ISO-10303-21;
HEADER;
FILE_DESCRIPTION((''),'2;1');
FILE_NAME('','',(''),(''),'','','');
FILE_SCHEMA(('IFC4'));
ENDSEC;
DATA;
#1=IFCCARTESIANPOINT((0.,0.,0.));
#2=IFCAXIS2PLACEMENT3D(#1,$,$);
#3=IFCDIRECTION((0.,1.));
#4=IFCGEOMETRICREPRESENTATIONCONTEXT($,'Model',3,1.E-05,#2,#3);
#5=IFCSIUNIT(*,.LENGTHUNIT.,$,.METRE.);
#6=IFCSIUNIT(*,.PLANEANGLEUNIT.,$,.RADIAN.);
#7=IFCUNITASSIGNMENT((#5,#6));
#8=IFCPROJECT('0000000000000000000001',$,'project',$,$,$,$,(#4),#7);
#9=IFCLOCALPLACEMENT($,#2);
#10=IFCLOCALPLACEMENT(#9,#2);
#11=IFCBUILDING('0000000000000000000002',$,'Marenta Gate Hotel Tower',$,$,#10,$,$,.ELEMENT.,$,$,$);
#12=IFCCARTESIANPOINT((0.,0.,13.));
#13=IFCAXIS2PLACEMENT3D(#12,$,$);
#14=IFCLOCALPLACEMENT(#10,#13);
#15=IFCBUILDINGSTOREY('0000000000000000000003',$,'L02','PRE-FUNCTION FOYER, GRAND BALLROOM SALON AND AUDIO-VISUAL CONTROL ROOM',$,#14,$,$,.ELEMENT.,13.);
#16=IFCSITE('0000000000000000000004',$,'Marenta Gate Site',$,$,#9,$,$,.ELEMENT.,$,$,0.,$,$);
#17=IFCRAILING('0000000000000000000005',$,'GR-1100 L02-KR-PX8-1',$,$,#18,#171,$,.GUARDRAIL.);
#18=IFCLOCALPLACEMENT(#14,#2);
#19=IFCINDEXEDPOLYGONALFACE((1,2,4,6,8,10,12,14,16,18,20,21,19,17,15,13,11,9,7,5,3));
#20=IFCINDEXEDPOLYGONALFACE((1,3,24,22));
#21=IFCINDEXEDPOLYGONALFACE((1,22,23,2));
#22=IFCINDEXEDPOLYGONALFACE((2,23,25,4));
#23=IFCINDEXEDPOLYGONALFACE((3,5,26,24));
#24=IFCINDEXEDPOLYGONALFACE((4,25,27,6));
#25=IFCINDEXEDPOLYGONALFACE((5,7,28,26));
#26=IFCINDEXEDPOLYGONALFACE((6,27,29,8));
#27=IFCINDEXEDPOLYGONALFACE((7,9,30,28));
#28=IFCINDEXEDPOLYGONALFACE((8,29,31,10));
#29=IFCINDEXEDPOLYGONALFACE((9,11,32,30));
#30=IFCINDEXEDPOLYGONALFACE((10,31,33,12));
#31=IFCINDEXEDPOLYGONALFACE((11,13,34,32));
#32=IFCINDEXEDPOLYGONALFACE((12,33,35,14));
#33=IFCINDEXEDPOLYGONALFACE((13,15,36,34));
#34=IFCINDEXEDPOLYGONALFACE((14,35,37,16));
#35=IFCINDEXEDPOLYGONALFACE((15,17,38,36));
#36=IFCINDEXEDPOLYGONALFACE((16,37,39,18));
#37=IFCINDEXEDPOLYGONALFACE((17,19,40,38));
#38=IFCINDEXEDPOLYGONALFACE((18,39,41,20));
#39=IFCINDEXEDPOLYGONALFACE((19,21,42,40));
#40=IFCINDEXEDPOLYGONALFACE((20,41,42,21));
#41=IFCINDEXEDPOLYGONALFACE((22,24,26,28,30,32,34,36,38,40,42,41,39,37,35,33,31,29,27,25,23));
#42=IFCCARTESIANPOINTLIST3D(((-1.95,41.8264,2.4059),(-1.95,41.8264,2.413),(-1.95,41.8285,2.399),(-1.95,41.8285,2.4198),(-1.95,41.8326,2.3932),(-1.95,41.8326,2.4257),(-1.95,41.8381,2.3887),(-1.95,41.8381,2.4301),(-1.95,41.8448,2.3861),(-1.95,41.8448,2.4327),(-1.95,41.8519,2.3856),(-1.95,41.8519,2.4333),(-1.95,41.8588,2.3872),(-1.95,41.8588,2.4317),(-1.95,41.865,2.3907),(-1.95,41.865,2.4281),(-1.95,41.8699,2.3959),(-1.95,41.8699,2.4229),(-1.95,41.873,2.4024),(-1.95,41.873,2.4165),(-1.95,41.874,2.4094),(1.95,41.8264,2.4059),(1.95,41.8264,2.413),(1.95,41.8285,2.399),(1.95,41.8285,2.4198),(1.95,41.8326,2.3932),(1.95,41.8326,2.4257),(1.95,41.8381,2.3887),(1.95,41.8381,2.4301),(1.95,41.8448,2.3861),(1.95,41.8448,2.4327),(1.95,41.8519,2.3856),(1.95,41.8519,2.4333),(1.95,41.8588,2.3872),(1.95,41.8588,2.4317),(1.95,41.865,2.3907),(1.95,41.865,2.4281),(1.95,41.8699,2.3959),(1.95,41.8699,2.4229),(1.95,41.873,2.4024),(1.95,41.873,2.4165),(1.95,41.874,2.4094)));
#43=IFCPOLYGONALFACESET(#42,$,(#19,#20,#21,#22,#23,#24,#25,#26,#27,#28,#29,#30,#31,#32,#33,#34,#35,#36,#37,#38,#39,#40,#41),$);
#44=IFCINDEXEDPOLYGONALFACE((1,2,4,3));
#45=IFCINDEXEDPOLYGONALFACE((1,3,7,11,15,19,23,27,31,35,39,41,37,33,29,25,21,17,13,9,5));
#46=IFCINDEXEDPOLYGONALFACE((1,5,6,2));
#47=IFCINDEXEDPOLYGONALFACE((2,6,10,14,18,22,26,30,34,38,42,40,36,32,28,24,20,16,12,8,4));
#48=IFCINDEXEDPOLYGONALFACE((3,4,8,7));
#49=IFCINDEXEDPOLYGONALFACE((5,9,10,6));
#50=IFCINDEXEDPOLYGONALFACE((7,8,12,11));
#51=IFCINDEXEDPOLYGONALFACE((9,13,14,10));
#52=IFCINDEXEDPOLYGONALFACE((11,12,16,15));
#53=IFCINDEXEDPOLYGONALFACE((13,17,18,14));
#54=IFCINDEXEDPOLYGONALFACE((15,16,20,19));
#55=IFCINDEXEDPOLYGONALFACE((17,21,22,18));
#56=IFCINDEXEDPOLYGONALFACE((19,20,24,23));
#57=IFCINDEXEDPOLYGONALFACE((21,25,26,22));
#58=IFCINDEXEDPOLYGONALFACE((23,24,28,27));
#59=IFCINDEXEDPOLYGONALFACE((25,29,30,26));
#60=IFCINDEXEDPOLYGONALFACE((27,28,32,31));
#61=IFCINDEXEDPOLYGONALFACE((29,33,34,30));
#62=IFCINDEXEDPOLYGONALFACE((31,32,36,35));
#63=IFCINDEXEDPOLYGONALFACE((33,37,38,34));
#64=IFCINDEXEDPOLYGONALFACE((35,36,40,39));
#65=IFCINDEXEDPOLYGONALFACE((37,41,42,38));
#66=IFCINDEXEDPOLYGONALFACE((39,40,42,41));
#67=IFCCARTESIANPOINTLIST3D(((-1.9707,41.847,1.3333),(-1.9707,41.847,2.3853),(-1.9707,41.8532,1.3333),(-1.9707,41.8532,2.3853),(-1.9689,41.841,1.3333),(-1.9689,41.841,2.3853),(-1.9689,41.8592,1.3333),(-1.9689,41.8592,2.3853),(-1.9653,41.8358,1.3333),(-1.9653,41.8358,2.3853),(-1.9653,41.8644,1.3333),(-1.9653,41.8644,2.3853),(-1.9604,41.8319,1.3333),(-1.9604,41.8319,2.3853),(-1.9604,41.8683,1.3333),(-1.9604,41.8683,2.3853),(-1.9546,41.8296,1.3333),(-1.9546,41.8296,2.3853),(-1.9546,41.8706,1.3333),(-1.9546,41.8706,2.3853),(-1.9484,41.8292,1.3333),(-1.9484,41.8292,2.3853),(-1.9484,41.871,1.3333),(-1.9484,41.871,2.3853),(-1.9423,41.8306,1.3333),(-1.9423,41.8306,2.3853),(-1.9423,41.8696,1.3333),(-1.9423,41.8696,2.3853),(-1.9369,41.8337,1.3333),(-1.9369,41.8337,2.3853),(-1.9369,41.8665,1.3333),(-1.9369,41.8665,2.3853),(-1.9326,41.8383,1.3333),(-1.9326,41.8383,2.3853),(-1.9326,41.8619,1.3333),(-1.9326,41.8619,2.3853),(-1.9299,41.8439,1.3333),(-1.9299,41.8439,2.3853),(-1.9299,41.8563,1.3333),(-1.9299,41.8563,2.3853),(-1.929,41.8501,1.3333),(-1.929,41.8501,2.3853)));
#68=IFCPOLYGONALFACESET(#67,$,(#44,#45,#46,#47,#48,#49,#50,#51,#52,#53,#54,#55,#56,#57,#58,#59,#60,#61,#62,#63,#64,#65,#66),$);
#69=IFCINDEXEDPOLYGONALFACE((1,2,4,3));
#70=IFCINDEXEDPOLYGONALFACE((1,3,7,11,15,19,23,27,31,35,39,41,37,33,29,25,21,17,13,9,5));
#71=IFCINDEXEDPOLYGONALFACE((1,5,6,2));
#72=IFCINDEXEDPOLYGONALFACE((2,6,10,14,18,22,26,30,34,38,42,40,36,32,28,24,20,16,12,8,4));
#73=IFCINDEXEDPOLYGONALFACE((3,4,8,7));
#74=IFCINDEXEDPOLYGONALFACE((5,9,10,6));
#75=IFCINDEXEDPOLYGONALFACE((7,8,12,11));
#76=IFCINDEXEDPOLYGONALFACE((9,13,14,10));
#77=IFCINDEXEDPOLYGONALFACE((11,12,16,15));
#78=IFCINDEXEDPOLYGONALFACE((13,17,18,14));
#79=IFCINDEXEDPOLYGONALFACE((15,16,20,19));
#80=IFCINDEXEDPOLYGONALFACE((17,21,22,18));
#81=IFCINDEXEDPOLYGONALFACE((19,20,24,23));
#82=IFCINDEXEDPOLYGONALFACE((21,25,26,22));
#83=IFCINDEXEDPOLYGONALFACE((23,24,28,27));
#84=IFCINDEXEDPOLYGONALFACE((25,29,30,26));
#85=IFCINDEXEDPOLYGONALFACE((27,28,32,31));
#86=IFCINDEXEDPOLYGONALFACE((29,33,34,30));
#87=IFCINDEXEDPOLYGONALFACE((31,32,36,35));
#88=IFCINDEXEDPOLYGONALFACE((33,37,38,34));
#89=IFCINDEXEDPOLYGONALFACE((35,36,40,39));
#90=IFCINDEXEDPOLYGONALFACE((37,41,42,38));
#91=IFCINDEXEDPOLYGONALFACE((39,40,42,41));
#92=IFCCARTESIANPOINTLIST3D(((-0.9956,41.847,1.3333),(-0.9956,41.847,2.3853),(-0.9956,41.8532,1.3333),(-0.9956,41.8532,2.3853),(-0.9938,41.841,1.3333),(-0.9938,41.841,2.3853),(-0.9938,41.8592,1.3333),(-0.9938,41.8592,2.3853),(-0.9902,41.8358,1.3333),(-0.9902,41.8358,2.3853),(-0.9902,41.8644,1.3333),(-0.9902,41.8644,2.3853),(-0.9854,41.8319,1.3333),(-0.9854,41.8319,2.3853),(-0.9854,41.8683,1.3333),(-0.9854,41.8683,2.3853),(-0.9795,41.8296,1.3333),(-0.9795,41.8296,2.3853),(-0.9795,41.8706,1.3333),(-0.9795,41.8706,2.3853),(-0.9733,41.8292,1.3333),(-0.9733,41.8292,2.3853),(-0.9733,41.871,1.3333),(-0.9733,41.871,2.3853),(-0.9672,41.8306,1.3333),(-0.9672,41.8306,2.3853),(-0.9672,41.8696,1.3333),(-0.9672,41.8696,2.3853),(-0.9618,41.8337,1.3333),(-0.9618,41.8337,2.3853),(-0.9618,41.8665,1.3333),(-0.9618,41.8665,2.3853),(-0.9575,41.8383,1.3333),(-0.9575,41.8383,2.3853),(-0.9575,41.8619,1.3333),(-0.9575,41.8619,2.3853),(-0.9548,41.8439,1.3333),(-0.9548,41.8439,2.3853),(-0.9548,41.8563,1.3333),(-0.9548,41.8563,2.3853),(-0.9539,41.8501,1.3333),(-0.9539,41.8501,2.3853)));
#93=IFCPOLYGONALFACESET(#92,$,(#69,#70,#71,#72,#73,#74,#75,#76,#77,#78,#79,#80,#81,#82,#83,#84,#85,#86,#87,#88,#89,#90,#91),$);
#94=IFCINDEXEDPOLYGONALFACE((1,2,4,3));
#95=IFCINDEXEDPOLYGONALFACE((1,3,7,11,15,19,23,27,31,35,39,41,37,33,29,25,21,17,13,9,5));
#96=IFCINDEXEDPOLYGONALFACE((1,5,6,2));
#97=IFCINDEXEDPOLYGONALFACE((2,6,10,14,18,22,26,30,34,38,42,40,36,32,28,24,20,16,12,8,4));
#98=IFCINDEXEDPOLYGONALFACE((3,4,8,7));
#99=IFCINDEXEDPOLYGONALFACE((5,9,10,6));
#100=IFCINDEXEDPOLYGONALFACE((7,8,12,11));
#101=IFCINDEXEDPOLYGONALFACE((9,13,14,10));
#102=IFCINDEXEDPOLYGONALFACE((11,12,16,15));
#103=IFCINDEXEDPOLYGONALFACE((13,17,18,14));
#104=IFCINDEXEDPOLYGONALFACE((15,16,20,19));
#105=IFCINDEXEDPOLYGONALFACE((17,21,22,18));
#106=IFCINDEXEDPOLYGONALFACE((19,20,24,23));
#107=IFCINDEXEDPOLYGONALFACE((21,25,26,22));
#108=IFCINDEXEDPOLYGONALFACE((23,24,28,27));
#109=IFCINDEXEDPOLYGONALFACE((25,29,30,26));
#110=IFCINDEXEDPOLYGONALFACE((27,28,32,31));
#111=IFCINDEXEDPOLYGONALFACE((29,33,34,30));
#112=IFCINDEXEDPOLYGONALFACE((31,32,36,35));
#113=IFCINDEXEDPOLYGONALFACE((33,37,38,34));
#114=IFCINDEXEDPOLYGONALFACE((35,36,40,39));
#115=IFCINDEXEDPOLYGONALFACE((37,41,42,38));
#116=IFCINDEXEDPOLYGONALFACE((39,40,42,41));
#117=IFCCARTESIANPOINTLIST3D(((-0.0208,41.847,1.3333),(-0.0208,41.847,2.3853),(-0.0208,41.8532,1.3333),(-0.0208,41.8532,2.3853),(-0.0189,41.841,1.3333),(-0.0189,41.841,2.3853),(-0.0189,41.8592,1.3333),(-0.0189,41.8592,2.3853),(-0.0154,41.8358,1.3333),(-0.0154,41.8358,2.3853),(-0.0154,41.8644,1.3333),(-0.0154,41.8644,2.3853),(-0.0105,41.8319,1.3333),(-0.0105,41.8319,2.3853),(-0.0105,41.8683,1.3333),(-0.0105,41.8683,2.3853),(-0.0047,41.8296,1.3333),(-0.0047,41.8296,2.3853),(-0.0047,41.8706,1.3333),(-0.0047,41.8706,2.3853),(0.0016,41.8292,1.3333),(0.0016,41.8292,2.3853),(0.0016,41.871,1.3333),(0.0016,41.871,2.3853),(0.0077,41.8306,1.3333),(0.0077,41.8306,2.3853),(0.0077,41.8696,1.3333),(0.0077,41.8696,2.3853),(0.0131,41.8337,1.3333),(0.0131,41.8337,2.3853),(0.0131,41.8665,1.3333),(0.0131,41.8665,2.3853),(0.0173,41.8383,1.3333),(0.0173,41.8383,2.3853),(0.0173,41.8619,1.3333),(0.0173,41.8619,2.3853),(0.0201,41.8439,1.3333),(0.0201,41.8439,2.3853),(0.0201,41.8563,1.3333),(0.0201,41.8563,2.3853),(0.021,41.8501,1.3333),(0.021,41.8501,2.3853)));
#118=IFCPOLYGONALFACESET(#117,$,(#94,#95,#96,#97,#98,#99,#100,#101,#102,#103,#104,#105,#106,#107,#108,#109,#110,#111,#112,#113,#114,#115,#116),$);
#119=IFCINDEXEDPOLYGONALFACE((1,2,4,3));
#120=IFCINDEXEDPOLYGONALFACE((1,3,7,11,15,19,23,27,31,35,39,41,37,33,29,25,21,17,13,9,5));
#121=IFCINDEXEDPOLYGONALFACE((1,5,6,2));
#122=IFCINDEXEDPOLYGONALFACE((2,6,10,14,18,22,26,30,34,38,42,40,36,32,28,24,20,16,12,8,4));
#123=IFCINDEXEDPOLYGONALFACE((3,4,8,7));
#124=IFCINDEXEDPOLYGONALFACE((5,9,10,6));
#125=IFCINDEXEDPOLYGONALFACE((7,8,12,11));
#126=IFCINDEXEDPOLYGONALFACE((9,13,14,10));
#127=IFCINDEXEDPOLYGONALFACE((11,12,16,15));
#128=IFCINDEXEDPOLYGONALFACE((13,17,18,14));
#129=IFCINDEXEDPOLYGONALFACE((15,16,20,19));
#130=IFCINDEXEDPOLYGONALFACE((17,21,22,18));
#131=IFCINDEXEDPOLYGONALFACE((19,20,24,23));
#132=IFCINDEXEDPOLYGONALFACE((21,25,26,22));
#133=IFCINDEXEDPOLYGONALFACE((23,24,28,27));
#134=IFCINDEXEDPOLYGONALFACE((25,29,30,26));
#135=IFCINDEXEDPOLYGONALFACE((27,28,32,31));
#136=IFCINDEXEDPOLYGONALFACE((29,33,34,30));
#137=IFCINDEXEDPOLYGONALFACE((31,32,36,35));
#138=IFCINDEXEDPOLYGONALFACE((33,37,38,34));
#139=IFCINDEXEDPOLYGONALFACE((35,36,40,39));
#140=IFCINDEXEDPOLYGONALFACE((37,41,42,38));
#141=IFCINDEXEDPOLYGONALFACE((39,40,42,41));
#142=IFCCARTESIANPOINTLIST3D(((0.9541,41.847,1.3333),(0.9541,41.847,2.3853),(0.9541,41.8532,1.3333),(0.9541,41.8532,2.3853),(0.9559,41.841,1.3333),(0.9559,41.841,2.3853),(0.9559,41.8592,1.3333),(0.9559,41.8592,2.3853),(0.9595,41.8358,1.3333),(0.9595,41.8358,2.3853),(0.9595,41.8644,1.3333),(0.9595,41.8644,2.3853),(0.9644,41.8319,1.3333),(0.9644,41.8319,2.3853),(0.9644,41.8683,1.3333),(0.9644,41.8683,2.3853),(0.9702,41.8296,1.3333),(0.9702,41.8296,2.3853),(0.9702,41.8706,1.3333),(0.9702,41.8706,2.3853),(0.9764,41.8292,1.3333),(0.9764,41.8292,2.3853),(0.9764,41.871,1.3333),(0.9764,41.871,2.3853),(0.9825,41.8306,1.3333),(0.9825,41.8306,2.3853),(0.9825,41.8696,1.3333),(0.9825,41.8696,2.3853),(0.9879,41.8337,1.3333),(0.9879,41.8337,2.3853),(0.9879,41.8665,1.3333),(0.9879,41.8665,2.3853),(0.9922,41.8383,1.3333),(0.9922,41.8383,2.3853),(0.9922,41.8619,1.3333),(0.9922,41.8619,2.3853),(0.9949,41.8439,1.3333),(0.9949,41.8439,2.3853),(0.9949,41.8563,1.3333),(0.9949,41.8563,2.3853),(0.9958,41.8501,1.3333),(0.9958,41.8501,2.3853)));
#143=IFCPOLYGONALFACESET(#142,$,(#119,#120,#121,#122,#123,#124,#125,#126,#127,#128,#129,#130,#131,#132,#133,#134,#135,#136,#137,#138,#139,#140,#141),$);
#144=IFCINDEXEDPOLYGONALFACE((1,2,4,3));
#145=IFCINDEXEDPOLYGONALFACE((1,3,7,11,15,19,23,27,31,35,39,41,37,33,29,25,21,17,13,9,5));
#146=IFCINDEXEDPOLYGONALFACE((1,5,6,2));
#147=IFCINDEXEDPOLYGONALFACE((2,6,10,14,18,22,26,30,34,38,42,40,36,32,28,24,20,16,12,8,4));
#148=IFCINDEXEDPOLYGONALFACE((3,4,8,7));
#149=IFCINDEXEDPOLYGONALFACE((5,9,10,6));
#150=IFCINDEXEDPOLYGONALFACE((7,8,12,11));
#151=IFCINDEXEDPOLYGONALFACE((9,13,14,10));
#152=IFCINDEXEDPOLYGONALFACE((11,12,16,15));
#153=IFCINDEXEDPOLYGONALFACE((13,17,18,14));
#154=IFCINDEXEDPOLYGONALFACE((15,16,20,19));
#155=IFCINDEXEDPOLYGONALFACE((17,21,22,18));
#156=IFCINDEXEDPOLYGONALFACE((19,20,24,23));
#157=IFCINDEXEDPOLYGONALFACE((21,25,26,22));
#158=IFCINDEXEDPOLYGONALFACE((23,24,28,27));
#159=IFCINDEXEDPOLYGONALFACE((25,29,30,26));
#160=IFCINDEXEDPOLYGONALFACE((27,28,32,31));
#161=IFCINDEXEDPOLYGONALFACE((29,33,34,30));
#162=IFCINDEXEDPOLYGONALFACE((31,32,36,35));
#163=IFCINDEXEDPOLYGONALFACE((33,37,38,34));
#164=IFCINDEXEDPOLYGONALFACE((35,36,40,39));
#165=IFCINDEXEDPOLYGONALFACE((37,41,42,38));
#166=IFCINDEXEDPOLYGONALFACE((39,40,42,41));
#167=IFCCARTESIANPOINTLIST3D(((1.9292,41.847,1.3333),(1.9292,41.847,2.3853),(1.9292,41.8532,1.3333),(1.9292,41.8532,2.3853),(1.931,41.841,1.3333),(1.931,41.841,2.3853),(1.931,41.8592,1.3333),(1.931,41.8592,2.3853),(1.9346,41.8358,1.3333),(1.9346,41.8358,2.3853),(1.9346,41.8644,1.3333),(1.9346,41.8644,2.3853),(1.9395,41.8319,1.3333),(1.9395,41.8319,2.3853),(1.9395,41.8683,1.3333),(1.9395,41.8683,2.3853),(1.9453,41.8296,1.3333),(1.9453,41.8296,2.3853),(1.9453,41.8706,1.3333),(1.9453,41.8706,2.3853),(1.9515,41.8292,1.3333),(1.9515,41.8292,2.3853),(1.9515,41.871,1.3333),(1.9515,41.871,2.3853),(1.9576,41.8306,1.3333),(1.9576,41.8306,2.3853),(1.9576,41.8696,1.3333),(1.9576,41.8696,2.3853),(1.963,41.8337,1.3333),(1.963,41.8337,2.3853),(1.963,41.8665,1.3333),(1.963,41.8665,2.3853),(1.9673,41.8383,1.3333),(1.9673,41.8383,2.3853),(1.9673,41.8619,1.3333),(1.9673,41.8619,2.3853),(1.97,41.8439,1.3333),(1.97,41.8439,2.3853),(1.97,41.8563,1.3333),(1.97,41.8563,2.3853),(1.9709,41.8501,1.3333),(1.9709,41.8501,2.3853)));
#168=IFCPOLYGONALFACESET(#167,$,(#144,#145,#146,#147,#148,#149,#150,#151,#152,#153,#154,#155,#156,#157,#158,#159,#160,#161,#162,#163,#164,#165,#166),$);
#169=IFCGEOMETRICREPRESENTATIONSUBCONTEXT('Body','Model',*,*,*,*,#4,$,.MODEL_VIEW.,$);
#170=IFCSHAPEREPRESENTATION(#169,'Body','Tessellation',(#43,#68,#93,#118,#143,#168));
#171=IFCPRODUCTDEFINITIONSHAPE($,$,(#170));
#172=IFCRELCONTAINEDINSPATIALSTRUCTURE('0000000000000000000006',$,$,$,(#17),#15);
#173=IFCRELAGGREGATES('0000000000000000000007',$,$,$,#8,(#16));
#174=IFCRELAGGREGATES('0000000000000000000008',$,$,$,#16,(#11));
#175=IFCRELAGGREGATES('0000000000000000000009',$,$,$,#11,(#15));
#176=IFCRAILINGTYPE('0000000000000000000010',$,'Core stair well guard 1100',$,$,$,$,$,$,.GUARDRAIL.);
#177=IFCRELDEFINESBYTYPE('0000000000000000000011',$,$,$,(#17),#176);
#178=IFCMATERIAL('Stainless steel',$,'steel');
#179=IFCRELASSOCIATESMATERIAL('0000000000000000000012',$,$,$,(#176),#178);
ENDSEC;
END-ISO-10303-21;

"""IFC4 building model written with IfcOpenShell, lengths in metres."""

from ifc_helpers import new_model, si_unit, direction, frame, origin, origin_2d, place, context, subcontext, project, spatial, circle, extrude, material, type_object, element, save


model = new_model("IFC4")

# Units and contexts
model_context = context("Model", 3, precision=1e-05, world=origin(), true_north=direction((0.0, 1.0)))
body_context = subcontext(model_context, "Body", "Model", "MODEL_VIEW")
ifc_project = project(units=[si_unit("LENGTHUNIT", "METRE"), si_unit("PLANEANGLEUNIT", "RADIAN")], contexts=[model_context])

# Site, building, storey
site_placement = place(None, origin())
site = spatial("IfcSite", under=ifc_project, at=site_placement, Name="Marenta Gate Site", CompositionType="ELEMENT", RefElevation=0.0)
building_placement = place(site_placement, origin())
building = spatial("IfcBuilding", under=site, at=building_placement, Name="Marenta Gate Hotel Tower", CompositionType="ELEMENT")
storey_placement = place(building_placement, frame((0.0, 0.0, 13.0)))
storey = spatial("IfcBuildingStorey", under=building, at=storey_placement, Name="L02", Description="PRE-FUNCTION FOYER, GRAND BALLROOM SALON AND AUDIO-VISUAL CONTROL ROOM", CompositionType="ELEMENT", Elevation=13.0)

# Railing
ifc_material_1 = material(Name="Stainless steel", Category="steel")
railing_type_1 = type_object("IfcRailingType", Name="Core stair well guard 1100", PredefinedType="GUARDRAIL", material=ifc_material_1)
for number, where, name in (
    (1, (-1.95, 41.8501, 1.3333), "GR-1100 L02-KR-PX8-1"),
):
    element("IfcRailing", number, at=place(storey_placement, frame(where)), inside=storey, type_object=railing_type_1, Name=name, PredefinedType="GUARDRAIL", context=body_context, shape_type="SweptSolid", body=[
        extrude(circle(Radius=0.0239, at=origin_2d()), frame((0.0, 0.0, 1.0762), z_axis=(1.0, 0.0, 0.0), x_axis=(0.0, 1.0, 0.0)), (0.0, 0.0, 1.0), 3.8999),
        extrude(circle(Radius=0.021, at=origin_2d()), origin(), (0.0, 0.0, 1.0), 1.052),
        extrude(circle(Radius=0.021, at=origin_2d()), frame((0.9751, 0.0, 0.0)), (0.0, 0.0, 1.0), 1.052),
        extrude(circle(Radius=0.021, at=origin_2d()), frame((1.95, 0.0, 0.0)), (0.0, 0.0, 1.0), 1.052),
        extrude(circle(Radius=0.021, at=origin_2d()), frame((2.9248, 0.0, 0.0)), (0.0, 0.0, 1.0), 1.052),
        extrude(circle(Radius=0.021, at=origin_2d()), frame((3.8999, 0.0, 0.0)), (0.0, 0.0, 1.0), 1.052),
    ])

save(model, "model.ifc")
